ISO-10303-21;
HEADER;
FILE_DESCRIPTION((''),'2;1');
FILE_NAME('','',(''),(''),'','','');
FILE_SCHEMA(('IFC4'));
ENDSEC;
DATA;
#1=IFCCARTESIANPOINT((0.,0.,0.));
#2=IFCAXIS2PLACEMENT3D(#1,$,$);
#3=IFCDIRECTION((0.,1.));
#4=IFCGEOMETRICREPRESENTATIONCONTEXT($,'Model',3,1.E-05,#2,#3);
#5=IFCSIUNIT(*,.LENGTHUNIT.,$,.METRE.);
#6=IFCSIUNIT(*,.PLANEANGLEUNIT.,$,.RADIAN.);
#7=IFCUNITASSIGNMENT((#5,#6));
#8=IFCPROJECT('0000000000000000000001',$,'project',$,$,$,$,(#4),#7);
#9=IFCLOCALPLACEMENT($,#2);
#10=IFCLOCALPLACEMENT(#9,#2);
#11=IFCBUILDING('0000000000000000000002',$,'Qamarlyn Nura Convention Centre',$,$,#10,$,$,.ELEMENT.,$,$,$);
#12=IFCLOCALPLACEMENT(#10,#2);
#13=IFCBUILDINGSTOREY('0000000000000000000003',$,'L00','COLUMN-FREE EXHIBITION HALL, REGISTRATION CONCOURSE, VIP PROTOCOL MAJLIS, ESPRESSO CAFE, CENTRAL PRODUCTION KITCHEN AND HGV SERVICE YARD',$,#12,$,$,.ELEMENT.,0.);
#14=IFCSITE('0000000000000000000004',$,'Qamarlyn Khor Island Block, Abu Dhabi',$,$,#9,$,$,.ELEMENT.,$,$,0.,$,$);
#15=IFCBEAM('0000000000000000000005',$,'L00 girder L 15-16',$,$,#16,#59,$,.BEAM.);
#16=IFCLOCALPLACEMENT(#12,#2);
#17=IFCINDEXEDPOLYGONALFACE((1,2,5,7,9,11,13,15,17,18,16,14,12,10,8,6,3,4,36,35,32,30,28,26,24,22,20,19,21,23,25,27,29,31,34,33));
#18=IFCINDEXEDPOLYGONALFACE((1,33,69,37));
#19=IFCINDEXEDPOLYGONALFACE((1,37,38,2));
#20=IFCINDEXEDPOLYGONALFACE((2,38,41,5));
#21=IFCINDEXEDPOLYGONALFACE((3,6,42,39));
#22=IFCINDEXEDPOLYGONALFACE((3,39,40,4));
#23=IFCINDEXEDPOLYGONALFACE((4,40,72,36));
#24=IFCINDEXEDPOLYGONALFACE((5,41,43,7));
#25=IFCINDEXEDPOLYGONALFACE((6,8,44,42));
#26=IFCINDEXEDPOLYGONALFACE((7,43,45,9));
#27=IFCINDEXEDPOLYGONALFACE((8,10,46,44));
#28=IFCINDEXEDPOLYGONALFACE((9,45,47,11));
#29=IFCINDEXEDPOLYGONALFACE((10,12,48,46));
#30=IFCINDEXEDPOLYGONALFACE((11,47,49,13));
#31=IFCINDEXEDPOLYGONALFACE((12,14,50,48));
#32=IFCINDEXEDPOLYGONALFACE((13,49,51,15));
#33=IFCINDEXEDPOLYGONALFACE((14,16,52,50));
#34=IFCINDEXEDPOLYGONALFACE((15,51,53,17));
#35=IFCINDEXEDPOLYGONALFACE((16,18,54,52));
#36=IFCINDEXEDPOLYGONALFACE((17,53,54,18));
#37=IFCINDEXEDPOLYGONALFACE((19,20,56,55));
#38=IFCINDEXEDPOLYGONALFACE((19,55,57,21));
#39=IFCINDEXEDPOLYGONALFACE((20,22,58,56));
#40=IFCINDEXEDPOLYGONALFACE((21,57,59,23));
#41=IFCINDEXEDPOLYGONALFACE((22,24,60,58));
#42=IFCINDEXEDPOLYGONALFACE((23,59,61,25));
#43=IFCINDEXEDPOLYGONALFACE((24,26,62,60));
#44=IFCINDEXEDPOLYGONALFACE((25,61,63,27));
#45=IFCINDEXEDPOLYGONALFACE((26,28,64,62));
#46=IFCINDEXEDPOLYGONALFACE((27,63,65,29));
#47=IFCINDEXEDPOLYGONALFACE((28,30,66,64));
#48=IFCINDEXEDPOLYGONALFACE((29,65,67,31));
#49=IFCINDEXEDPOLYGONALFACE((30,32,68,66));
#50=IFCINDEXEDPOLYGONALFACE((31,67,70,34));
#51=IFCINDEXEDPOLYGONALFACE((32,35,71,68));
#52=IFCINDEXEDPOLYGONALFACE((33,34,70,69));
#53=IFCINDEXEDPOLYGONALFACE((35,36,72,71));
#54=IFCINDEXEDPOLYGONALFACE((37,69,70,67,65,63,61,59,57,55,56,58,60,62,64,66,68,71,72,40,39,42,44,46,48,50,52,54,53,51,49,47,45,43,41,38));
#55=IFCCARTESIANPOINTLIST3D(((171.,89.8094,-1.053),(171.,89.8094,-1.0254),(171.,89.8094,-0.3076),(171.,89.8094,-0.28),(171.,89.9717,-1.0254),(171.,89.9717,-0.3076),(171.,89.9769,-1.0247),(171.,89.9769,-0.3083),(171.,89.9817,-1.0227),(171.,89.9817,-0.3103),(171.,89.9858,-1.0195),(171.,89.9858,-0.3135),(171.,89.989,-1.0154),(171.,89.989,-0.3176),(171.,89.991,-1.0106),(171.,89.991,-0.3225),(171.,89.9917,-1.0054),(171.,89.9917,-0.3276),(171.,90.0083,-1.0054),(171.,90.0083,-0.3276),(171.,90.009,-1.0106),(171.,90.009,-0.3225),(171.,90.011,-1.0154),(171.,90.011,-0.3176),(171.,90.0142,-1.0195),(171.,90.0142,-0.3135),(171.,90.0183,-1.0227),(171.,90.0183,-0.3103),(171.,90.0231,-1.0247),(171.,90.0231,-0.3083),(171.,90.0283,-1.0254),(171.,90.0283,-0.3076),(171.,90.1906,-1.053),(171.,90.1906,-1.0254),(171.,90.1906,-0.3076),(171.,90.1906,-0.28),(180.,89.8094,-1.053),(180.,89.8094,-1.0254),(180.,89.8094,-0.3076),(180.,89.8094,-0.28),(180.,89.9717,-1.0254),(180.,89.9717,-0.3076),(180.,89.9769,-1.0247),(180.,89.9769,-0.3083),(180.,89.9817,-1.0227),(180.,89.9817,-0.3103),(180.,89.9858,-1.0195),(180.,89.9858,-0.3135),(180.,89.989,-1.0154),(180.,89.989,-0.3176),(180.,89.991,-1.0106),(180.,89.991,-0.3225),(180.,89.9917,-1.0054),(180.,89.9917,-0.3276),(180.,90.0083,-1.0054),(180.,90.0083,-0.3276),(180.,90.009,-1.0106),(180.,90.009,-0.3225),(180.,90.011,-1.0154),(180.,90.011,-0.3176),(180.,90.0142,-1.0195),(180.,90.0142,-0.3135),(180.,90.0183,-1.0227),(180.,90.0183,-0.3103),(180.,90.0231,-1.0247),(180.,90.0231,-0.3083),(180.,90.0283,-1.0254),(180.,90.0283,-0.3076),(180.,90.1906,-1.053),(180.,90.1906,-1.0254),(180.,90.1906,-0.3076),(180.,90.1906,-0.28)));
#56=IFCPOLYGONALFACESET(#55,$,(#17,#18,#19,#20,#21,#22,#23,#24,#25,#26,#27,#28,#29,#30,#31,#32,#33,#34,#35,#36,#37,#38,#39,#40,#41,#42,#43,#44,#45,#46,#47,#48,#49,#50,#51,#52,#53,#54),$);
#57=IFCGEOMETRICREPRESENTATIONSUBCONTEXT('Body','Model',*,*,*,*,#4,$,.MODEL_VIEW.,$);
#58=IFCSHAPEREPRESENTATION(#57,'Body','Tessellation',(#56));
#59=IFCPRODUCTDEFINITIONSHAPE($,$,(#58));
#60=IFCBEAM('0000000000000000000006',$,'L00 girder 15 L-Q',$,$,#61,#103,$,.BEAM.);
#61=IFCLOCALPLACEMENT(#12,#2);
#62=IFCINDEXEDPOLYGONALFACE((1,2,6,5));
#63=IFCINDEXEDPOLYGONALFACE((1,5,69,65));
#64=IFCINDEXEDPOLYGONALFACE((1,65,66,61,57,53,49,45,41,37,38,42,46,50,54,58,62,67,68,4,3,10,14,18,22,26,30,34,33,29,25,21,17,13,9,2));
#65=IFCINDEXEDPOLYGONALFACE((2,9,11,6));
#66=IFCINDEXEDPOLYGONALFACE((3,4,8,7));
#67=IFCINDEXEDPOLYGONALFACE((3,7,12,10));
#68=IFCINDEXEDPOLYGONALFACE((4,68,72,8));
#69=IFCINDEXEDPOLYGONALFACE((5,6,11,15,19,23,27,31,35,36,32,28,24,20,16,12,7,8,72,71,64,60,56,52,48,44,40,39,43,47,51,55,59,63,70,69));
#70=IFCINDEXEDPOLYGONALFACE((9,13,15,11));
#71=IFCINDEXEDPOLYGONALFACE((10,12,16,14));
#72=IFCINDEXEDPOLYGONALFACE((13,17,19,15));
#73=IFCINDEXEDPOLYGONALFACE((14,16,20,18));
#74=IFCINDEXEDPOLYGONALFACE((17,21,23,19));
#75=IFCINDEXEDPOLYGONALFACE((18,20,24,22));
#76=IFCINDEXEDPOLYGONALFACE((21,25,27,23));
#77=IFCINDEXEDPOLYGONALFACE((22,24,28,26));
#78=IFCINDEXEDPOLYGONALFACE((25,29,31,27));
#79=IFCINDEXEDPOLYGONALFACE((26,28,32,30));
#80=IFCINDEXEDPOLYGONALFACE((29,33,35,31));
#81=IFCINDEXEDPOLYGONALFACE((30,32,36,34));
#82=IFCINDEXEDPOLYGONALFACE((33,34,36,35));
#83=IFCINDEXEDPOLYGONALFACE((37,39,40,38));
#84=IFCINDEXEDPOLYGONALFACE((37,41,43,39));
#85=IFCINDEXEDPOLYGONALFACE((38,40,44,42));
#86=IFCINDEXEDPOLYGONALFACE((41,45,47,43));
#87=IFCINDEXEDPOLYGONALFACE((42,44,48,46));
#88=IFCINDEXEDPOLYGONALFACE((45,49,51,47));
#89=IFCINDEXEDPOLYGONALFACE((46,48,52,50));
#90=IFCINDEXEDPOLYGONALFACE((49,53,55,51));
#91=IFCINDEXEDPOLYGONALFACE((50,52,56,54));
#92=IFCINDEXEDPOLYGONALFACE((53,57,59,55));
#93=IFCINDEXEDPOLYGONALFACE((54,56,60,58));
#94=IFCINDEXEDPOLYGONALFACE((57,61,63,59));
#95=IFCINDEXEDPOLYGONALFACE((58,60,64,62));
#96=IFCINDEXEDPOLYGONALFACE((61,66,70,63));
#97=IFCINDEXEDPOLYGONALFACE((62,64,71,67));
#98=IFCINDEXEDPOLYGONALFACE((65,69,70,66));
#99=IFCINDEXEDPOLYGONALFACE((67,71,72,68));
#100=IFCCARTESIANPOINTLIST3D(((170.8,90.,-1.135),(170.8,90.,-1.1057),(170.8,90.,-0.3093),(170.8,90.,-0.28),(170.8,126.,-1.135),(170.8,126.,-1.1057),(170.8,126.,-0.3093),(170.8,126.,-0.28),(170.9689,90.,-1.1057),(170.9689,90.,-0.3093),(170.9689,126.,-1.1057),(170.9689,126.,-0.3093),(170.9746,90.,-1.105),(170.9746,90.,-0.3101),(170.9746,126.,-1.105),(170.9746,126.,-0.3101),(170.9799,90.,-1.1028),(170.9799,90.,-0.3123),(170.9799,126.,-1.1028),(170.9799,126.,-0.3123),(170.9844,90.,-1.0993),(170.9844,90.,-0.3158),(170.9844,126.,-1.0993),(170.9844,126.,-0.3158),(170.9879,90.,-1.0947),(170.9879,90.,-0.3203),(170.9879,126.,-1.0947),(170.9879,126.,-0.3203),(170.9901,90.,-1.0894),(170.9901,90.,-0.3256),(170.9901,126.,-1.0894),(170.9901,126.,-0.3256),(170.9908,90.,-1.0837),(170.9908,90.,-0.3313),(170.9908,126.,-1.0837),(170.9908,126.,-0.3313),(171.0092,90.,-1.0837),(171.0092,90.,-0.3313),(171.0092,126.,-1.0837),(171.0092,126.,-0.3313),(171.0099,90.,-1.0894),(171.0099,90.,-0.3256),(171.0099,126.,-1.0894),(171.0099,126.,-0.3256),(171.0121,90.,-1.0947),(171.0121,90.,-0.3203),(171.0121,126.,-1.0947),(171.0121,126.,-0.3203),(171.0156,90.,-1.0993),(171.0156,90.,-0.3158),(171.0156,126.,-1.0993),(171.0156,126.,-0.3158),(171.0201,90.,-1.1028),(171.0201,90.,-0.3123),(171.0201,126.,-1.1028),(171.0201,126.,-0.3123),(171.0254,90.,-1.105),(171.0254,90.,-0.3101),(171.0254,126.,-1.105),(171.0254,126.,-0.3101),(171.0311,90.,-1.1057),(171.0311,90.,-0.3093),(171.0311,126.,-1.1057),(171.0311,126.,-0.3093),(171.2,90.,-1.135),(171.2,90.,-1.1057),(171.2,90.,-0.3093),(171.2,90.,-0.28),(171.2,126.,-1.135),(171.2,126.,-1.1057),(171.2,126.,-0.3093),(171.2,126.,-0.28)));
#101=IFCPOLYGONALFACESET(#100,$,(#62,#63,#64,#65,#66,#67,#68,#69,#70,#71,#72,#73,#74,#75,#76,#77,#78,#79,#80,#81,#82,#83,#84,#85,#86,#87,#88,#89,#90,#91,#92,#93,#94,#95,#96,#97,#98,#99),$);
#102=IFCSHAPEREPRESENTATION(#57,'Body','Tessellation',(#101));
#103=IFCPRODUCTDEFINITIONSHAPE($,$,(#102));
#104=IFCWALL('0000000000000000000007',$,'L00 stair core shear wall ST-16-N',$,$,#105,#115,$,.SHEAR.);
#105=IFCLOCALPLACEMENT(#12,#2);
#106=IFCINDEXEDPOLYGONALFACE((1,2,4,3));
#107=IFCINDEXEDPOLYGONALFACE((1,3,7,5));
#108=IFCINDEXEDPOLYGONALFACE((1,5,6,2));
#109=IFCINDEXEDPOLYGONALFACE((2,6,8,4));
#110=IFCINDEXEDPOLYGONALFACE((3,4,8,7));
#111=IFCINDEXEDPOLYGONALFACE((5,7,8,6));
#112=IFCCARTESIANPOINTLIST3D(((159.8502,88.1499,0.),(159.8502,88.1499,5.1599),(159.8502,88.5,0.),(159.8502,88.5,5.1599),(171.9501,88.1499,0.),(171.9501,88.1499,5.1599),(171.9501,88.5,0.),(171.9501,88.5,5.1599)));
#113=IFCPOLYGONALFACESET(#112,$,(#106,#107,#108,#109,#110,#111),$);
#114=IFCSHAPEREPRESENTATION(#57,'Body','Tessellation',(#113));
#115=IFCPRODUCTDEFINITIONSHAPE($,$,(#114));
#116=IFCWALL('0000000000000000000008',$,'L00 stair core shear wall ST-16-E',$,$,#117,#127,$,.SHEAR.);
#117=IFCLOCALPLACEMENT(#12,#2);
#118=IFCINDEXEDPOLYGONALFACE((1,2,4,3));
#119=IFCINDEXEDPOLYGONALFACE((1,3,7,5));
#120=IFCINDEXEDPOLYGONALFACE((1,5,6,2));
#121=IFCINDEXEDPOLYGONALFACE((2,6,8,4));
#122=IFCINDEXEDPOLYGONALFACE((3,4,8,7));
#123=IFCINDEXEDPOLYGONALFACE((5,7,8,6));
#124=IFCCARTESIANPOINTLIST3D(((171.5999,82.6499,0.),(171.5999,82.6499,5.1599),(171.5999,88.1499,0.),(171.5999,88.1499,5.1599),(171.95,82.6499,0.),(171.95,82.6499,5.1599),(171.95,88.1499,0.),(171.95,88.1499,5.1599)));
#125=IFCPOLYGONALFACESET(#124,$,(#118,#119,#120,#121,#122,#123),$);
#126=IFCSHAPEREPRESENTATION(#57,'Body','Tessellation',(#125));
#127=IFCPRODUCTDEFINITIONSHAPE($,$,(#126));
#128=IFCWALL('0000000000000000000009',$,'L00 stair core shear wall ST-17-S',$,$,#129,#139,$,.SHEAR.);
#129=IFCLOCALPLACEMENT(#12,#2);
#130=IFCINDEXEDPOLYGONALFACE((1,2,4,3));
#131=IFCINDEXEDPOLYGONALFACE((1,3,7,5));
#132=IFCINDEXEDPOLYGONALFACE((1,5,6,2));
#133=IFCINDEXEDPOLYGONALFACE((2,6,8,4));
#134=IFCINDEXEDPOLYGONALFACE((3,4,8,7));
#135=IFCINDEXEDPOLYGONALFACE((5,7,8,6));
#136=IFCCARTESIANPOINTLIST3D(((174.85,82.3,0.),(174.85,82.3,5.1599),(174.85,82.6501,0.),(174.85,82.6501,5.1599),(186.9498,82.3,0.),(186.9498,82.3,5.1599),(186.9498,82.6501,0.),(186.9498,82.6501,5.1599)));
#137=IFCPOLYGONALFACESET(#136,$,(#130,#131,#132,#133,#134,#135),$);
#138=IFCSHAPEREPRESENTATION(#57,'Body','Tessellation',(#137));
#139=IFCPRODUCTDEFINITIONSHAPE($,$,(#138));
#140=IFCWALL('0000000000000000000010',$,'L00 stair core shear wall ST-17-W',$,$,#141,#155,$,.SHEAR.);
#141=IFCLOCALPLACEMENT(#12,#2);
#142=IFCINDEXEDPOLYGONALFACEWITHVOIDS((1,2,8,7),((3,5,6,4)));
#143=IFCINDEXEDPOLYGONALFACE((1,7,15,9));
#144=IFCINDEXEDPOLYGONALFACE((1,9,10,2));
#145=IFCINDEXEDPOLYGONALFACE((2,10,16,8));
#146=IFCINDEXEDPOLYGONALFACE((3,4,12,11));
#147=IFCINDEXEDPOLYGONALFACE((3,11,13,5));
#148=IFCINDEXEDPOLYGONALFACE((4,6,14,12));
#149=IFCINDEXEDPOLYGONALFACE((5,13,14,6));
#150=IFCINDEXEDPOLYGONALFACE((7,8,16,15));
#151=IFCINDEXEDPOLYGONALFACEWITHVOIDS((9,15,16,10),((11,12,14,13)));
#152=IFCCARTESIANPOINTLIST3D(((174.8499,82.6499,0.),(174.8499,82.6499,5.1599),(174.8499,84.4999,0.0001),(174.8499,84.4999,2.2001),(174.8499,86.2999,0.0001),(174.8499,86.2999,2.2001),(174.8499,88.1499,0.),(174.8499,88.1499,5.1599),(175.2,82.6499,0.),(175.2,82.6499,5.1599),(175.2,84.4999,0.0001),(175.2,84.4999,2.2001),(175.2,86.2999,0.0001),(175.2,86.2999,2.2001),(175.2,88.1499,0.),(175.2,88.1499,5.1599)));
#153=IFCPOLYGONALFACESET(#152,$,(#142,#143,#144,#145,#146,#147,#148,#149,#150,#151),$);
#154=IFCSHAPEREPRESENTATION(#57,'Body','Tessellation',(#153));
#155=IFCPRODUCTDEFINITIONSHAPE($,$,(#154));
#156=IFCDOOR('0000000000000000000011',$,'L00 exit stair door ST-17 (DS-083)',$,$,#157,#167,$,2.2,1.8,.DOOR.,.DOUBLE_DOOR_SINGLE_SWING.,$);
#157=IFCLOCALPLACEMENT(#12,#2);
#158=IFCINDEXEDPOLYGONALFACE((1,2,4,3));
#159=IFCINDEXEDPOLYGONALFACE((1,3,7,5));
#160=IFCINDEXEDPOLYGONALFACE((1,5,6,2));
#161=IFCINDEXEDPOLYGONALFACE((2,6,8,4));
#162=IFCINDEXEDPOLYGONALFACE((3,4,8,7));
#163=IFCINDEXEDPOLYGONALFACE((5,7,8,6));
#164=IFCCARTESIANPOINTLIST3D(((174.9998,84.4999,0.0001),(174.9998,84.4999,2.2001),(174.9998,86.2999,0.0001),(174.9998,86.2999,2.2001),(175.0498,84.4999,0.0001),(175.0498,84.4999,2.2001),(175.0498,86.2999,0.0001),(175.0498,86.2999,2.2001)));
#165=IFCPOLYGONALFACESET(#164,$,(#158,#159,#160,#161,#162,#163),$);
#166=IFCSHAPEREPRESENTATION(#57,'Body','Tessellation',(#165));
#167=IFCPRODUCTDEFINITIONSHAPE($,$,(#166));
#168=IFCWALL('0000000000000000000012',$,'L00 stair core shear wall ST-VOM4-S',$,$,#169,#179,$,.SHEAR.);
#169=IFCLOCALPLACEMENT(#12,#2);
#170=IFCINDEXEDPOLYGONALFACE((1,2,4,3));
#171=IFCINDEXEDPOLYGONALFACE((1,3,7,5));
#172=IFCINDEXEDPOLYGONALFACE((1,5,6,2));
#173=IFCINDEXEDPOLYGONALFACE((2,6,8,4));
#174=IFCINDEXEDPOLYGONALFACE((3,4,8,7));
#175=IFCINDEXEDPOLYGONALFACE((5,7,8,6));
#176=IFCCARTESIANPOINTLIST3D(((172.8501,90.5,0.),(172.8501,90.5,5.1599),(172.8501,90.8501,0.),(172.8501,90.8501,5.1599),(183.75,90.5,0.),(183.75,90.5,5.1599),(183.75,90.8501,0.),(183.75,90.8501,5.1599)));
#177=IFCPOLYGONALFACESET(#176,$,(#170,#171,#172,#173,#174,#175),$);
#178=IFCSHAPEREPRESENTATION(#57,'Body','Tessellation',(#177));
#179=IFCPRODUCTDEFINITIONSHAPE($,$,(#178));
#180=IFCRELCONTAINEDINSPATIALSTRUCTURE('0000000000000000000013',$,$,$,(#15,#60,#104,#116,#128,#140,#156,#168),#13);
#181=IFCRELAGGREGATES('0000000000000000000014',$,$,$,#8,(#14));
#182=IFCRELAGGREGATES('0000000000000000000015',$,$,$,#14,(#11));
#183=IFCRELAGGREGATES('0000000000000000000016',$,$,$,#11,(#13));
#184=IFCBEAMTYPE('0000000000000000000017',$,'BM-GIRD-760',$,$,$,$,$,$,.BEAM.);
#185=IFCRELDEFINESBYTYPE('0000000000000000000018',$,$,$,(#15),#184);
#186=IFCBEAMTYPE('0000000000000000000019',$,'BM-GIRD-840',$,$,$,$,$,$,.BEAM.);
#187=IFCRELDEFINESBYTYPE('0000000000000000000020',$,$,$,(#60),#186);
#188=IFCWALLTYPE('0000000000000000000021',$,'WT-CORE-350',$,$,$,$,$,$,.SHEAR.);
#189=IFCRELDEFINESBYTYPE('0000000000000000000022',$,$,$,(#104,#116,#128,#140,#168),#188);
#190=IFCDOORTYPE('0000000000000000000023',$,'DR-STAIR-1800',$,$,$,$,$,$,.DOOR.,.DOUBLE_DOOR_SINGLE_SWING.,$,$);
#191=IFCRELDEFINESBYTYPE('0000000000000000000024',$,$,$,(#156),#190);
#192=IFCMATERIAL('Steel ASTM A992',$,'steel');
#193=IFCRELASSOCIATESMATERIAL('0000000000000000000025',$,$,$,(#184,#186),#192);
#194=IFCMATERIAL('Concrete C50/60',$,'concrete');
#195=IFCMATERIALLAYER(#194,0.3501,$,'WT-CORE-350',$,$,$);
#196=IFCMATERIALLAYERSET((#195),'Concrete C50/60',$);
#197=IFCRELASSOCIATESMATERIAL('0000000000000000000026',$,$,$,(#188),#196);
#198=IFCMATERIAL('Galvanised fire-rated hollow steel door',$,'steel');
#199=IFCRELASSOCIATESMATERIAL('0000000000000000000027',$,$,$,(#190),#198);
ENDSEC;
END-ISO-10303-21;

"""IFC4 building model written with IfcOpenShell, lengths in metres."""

from ifc_helpers import new_model, si_unit, direction, frame, frame_2d, origin, origin_2d, place, context, subcontext, project, spatial, rectangle, i_section, extrude, material, layer, layer_set, material_profile, profile_set, type_object, element, fill, save


model = new_model("IFC4")

# Units and contexts
model_context = context("Model", 3, precision=1e-05, world=origin(), true_north=direction((0.0, 1.0)))
body_context = subcontext(model_context, "Body", "Model", "MODEL_VIEW")
ifc_project = project(units=[si_unit("LENGTHUNIT", "METRE"), si_unit("PLANEANGLEUNIT", "RADIAN")], contexts=[model_context])

# Site, building, storey
site_placement = place(None, origin())
site = spatial("IfcSite", under=ifc_project, at=site_placement, Name="Qamarlyn Khor Island Block, Abu Dhabi", CompositionType="ELEMENT", RefElevation=0.0)
building_placement = place(site_placement, origin())
building = spatial("IfcBuilding", under=site, at=building_placement, Name="Qamarlyn Nura Convention Centre", CompositionType="ELEMENT")
storey_placement = place(building_placement, origin())
storey = spatial("IfcBuildingStorey", under=building, at=storey_placement, Name="L00", Description="COLUMN-FREE EXHIBITION HALL, REGISTRATION CONCOURSE, VIP PROTOCOL MAJLIS, ESPRESSO CAFE, CENTRAL PRODUCTION KITCHEN AND HGV SERVICE YARD", CompositionType="ELEMENT", Elevation=0.0)

# Shared definitions
ifc_material_1 = material(Name="Steel ASTM A992", Category="steel")

# Beams
ifc_material_profile_1 = material_profile(ifc_material_1, i_section(OverallWidth=0.3811, OverallDepth=0.7729, WebThickness=0.0166, FlangeThickness=0.0276, FilletRadius=0.02, at=origin_2d()), Name="W760X257")
ifc_profile_set_1 = profile_set([ifc_material_profile_1], Name="Steel ASTM A992")
beam_type_1 = type_object("IfcBeamType", Name="BM-GIRD-760", PredefinedType="BEAM", material=ifc_profile_set_1)
beam_1_placement = place(storey_placement, frame((171.0, 90.0, -0.6665), z_axis=(1.0, 0.0, 0.0), x_axis=(0.0, 1.0, 0.0)))
element("IfcBeam", 1, at=beam_1_placement, inside=storey, type_object=beam_type_1, Name="L00 girder L 15-16", PredefinedType="BEAM", context=body_context, shape_type="SweptSolid", body=[
    extrude(i_section(OverallWidth=0.3811, OverallDepth=0.7729, WebThickness=0.0166, FlangeThickness=0.0276, FilletRadius=0.02, at=origin_2d()), origin(), (0.0, 0.0, 1.0), 9.0),
])
ifc_material_profile_2 = material_profile(ifc_material_1, i_section(OverallWidth=0.3999, OverallDepth=0.855, WebThickness=0.0183, FlangeThickness=0.0293, FilletRadius=0.022, at=origin_2d()), Name="W840X299")
ifc_profile_set_2 = profile_set([ifc_material_profile_2], Name="Steel ASTM A992")
beam_type_2 = type_object("IfcBeamType", Name="BM-GIRD-840", PredefinedType="BEAM", material=ifc_profile_set_2)
beam_2_placement = place(storey_placement, frame((171.0, 90.0, -0.7075), z_axis=(0.0, 1.0, 0.0), x_axis=(-1.0, 0.0, 0.0)))
element("IfcBeam", 2, at=beam_2_placement, inside=storey, type_object=beam_type_2, Name="L00 girder 15 L-Q", PredefinedType="BEAM", context=body_context, shape_type="SweptSolid", body=[
    extrude(i_section(OverallWidth=0.3999, OverallDepth=0.855, WebThickness=0.0183, FlangeThickness=0.0293, FilletRadius=0.022, at=origin_2d()), origin(), (0.0, 0.0, 1.0), 36.0),
])

# Walls
ifc_material_2 = material(Name="Concrete C50/60", Category="concrete")
ifc_layer_1 = layer(ifc_material_2, 0.3501, Name="WT-CORE-350")
ifc_layer_set_1 = layer_set([ifc_layer_1], Name="Concrete C50/60")
wall_type_1 = type_object("IfcWallType", Name="WT-CORE-350", PredefinedType="SHEAR", material=ifc_layer_set_1)
wall_1_placement = place(storey_placement, frame((171.95, 88.325, 0.0), z_axis=(0.0, 0.0, 1.0), x_axis=(-1.0, 0.0, 0.0)))
element("IfcWall", 3, at=wall_1_placement, inside=storey, type_object=wall_type_1, Name="L00 stair core shear wall ST-16-N", PredefinedType="SHEAR", context=body_context, shape_type="SweptSolid", body=[
    extrude(rectangle(XDim=12.0999, YDim=0.3501, at=frame_2d((6.0498, 0.0))), origin(), (0.0, 0.0, 1.0), 5.1599),
])
wall_2_placement = place(storey_placement, frame((171.7749, 82.6499, 0.0), z_axis=(0.0, 0.0, 1.0), x_axis=(0.0, 1.0, 0.0)))
element("IfcWall", 4, at=wall_2_placement, inside=storey, type_object=wall_type_1, Name="L00 stair core shear wall ST-16-E", PredefinedType="SHEAR", context=body_context, shape_type="SweptSolid", body=[
    extrude(rectangle(XDim=5.5, YDim=0.3501, at=frame_2d((2.75, 0.0))), origin(), (0.0, 0.0, 1.0), 5.1599),
])
wall_3_placement = place(storey_placement, frame((174.8501, 82.4751, 0.0), z_axis=(0.0, 0.0, 1.0), x_axis=(1.0, 0.0, 0.0)))
element("IfcWall", 5, at=wall_3_placement, inside=storey, type_object=wall_type_1, Name="L00 stair core shear wall ST-17-S", PredefinedType="SHEAR", context=body_context, shape_type="SweptSolid", body=[
    extrude(rectangle(XDim=12.0999, YDim=0.3501, at=frame_2d((6.0498, 0.0))), origin(), (0.0, 0.0, 1.0), 5.1599),
])

# Wall, opening, door
wall_4_placement = place(storey_placement, frame((175.0249, 88.1499, 0.0), z_axis=(0.0, 0.0, 1.0), x_axis=(0.0, -1.0, 0.0)))
wall_4 = element("IfcWall", 6, at=wall_4_placement, inside=storey, type_object=wall_type_1, Name="L00 stair core shear wall ST-17-W", PredefinedType="SHEAR", context=body_context, shape_type="SweptSolid", body=[
    extrude(rectangle(XDim=5.5, YDim=0.3501, at=frame_2d((2.75, 0.0))), origin(), (0.0, 0.0, 1.0), 5.1599),
])
opening_placement = place(wall_4_placement, frame((1.8501, 0.0, 0.0)))
opening = element("IfcOpeningElement", 7, at=opening_placement, cuts=wall_4, PredefinedType="OPENING", context=body_context, shape_type="SweptSolid", body=[
    extrude(rectangle(XDim=1.8, YDim=2.2, at=frame_2d((0.8999, 1.1001))), frame((0.0, 0.1851, 0.0), z_axis=(0.0, -1.0, 0.0), x_axis=(1.0, 0.0, 0.0)), (0.0, 0.0, 1.0), 0.3701),
])
ifc_material_3 = material(Name="Galvanised fire-rated hollow steel door", Category="steel")
door_type = type_object("IfcDoorType", Name="DR-STAIR-1800", OperationType="DOUBLE_DOOR_SINGLE_SWING", PredefinedType="DOOR", material=ifc_material_3)
door_placement = place(opening_placement, origin())
door = element("IfcDoor", 8, at=door_placement, inside=storey, type_object=door_type, Name="L00 exit stair door ST-17 (DS-083)", OperationType="DOUBLE_DOOR_SINGLE_SWING", OverallHeight=2.2, OverallWidth=1.8, PredefinedType="DOOR", context=body_context, shape_type="SweptSolid", body=[
    extrude(rectangle(XDim=1.8, YDim=2.2, at=frame_2d((0.8999, 1.1001))), frame((0.0, 0.0249, 0.0), z_axis=(0.0, -1.0, 0.0), x_axis=(1.0, 0.0, 0.0)), (0.0, 0.0, 1.0), 0.05),
])
fill(opening, door)

# Wall
wall_5_placement = place(storey_placement, frame((172.8501, 90.675, 0.0), z_axis=(0.0, 0.0, 1.0), x_axis=(1.0, 0.0, 0.0)))
element("IfcWall", 9, at=wall_5_placement, inside=storey, type_object=wall_type_1, Name="L00 stair core shear wall ST-VOM4-S", PredefinedType="SHEAR", context=body_context, shape_type="SweptSolid", body=[
    extrude(rectangle(XDim=10.8999, YDim=0.3501, at=frame_2d((5.45, 0.0))), origin(), (0.0, 0.0, 1.0), 5.1599),
])

save(model, "model.ifc")
